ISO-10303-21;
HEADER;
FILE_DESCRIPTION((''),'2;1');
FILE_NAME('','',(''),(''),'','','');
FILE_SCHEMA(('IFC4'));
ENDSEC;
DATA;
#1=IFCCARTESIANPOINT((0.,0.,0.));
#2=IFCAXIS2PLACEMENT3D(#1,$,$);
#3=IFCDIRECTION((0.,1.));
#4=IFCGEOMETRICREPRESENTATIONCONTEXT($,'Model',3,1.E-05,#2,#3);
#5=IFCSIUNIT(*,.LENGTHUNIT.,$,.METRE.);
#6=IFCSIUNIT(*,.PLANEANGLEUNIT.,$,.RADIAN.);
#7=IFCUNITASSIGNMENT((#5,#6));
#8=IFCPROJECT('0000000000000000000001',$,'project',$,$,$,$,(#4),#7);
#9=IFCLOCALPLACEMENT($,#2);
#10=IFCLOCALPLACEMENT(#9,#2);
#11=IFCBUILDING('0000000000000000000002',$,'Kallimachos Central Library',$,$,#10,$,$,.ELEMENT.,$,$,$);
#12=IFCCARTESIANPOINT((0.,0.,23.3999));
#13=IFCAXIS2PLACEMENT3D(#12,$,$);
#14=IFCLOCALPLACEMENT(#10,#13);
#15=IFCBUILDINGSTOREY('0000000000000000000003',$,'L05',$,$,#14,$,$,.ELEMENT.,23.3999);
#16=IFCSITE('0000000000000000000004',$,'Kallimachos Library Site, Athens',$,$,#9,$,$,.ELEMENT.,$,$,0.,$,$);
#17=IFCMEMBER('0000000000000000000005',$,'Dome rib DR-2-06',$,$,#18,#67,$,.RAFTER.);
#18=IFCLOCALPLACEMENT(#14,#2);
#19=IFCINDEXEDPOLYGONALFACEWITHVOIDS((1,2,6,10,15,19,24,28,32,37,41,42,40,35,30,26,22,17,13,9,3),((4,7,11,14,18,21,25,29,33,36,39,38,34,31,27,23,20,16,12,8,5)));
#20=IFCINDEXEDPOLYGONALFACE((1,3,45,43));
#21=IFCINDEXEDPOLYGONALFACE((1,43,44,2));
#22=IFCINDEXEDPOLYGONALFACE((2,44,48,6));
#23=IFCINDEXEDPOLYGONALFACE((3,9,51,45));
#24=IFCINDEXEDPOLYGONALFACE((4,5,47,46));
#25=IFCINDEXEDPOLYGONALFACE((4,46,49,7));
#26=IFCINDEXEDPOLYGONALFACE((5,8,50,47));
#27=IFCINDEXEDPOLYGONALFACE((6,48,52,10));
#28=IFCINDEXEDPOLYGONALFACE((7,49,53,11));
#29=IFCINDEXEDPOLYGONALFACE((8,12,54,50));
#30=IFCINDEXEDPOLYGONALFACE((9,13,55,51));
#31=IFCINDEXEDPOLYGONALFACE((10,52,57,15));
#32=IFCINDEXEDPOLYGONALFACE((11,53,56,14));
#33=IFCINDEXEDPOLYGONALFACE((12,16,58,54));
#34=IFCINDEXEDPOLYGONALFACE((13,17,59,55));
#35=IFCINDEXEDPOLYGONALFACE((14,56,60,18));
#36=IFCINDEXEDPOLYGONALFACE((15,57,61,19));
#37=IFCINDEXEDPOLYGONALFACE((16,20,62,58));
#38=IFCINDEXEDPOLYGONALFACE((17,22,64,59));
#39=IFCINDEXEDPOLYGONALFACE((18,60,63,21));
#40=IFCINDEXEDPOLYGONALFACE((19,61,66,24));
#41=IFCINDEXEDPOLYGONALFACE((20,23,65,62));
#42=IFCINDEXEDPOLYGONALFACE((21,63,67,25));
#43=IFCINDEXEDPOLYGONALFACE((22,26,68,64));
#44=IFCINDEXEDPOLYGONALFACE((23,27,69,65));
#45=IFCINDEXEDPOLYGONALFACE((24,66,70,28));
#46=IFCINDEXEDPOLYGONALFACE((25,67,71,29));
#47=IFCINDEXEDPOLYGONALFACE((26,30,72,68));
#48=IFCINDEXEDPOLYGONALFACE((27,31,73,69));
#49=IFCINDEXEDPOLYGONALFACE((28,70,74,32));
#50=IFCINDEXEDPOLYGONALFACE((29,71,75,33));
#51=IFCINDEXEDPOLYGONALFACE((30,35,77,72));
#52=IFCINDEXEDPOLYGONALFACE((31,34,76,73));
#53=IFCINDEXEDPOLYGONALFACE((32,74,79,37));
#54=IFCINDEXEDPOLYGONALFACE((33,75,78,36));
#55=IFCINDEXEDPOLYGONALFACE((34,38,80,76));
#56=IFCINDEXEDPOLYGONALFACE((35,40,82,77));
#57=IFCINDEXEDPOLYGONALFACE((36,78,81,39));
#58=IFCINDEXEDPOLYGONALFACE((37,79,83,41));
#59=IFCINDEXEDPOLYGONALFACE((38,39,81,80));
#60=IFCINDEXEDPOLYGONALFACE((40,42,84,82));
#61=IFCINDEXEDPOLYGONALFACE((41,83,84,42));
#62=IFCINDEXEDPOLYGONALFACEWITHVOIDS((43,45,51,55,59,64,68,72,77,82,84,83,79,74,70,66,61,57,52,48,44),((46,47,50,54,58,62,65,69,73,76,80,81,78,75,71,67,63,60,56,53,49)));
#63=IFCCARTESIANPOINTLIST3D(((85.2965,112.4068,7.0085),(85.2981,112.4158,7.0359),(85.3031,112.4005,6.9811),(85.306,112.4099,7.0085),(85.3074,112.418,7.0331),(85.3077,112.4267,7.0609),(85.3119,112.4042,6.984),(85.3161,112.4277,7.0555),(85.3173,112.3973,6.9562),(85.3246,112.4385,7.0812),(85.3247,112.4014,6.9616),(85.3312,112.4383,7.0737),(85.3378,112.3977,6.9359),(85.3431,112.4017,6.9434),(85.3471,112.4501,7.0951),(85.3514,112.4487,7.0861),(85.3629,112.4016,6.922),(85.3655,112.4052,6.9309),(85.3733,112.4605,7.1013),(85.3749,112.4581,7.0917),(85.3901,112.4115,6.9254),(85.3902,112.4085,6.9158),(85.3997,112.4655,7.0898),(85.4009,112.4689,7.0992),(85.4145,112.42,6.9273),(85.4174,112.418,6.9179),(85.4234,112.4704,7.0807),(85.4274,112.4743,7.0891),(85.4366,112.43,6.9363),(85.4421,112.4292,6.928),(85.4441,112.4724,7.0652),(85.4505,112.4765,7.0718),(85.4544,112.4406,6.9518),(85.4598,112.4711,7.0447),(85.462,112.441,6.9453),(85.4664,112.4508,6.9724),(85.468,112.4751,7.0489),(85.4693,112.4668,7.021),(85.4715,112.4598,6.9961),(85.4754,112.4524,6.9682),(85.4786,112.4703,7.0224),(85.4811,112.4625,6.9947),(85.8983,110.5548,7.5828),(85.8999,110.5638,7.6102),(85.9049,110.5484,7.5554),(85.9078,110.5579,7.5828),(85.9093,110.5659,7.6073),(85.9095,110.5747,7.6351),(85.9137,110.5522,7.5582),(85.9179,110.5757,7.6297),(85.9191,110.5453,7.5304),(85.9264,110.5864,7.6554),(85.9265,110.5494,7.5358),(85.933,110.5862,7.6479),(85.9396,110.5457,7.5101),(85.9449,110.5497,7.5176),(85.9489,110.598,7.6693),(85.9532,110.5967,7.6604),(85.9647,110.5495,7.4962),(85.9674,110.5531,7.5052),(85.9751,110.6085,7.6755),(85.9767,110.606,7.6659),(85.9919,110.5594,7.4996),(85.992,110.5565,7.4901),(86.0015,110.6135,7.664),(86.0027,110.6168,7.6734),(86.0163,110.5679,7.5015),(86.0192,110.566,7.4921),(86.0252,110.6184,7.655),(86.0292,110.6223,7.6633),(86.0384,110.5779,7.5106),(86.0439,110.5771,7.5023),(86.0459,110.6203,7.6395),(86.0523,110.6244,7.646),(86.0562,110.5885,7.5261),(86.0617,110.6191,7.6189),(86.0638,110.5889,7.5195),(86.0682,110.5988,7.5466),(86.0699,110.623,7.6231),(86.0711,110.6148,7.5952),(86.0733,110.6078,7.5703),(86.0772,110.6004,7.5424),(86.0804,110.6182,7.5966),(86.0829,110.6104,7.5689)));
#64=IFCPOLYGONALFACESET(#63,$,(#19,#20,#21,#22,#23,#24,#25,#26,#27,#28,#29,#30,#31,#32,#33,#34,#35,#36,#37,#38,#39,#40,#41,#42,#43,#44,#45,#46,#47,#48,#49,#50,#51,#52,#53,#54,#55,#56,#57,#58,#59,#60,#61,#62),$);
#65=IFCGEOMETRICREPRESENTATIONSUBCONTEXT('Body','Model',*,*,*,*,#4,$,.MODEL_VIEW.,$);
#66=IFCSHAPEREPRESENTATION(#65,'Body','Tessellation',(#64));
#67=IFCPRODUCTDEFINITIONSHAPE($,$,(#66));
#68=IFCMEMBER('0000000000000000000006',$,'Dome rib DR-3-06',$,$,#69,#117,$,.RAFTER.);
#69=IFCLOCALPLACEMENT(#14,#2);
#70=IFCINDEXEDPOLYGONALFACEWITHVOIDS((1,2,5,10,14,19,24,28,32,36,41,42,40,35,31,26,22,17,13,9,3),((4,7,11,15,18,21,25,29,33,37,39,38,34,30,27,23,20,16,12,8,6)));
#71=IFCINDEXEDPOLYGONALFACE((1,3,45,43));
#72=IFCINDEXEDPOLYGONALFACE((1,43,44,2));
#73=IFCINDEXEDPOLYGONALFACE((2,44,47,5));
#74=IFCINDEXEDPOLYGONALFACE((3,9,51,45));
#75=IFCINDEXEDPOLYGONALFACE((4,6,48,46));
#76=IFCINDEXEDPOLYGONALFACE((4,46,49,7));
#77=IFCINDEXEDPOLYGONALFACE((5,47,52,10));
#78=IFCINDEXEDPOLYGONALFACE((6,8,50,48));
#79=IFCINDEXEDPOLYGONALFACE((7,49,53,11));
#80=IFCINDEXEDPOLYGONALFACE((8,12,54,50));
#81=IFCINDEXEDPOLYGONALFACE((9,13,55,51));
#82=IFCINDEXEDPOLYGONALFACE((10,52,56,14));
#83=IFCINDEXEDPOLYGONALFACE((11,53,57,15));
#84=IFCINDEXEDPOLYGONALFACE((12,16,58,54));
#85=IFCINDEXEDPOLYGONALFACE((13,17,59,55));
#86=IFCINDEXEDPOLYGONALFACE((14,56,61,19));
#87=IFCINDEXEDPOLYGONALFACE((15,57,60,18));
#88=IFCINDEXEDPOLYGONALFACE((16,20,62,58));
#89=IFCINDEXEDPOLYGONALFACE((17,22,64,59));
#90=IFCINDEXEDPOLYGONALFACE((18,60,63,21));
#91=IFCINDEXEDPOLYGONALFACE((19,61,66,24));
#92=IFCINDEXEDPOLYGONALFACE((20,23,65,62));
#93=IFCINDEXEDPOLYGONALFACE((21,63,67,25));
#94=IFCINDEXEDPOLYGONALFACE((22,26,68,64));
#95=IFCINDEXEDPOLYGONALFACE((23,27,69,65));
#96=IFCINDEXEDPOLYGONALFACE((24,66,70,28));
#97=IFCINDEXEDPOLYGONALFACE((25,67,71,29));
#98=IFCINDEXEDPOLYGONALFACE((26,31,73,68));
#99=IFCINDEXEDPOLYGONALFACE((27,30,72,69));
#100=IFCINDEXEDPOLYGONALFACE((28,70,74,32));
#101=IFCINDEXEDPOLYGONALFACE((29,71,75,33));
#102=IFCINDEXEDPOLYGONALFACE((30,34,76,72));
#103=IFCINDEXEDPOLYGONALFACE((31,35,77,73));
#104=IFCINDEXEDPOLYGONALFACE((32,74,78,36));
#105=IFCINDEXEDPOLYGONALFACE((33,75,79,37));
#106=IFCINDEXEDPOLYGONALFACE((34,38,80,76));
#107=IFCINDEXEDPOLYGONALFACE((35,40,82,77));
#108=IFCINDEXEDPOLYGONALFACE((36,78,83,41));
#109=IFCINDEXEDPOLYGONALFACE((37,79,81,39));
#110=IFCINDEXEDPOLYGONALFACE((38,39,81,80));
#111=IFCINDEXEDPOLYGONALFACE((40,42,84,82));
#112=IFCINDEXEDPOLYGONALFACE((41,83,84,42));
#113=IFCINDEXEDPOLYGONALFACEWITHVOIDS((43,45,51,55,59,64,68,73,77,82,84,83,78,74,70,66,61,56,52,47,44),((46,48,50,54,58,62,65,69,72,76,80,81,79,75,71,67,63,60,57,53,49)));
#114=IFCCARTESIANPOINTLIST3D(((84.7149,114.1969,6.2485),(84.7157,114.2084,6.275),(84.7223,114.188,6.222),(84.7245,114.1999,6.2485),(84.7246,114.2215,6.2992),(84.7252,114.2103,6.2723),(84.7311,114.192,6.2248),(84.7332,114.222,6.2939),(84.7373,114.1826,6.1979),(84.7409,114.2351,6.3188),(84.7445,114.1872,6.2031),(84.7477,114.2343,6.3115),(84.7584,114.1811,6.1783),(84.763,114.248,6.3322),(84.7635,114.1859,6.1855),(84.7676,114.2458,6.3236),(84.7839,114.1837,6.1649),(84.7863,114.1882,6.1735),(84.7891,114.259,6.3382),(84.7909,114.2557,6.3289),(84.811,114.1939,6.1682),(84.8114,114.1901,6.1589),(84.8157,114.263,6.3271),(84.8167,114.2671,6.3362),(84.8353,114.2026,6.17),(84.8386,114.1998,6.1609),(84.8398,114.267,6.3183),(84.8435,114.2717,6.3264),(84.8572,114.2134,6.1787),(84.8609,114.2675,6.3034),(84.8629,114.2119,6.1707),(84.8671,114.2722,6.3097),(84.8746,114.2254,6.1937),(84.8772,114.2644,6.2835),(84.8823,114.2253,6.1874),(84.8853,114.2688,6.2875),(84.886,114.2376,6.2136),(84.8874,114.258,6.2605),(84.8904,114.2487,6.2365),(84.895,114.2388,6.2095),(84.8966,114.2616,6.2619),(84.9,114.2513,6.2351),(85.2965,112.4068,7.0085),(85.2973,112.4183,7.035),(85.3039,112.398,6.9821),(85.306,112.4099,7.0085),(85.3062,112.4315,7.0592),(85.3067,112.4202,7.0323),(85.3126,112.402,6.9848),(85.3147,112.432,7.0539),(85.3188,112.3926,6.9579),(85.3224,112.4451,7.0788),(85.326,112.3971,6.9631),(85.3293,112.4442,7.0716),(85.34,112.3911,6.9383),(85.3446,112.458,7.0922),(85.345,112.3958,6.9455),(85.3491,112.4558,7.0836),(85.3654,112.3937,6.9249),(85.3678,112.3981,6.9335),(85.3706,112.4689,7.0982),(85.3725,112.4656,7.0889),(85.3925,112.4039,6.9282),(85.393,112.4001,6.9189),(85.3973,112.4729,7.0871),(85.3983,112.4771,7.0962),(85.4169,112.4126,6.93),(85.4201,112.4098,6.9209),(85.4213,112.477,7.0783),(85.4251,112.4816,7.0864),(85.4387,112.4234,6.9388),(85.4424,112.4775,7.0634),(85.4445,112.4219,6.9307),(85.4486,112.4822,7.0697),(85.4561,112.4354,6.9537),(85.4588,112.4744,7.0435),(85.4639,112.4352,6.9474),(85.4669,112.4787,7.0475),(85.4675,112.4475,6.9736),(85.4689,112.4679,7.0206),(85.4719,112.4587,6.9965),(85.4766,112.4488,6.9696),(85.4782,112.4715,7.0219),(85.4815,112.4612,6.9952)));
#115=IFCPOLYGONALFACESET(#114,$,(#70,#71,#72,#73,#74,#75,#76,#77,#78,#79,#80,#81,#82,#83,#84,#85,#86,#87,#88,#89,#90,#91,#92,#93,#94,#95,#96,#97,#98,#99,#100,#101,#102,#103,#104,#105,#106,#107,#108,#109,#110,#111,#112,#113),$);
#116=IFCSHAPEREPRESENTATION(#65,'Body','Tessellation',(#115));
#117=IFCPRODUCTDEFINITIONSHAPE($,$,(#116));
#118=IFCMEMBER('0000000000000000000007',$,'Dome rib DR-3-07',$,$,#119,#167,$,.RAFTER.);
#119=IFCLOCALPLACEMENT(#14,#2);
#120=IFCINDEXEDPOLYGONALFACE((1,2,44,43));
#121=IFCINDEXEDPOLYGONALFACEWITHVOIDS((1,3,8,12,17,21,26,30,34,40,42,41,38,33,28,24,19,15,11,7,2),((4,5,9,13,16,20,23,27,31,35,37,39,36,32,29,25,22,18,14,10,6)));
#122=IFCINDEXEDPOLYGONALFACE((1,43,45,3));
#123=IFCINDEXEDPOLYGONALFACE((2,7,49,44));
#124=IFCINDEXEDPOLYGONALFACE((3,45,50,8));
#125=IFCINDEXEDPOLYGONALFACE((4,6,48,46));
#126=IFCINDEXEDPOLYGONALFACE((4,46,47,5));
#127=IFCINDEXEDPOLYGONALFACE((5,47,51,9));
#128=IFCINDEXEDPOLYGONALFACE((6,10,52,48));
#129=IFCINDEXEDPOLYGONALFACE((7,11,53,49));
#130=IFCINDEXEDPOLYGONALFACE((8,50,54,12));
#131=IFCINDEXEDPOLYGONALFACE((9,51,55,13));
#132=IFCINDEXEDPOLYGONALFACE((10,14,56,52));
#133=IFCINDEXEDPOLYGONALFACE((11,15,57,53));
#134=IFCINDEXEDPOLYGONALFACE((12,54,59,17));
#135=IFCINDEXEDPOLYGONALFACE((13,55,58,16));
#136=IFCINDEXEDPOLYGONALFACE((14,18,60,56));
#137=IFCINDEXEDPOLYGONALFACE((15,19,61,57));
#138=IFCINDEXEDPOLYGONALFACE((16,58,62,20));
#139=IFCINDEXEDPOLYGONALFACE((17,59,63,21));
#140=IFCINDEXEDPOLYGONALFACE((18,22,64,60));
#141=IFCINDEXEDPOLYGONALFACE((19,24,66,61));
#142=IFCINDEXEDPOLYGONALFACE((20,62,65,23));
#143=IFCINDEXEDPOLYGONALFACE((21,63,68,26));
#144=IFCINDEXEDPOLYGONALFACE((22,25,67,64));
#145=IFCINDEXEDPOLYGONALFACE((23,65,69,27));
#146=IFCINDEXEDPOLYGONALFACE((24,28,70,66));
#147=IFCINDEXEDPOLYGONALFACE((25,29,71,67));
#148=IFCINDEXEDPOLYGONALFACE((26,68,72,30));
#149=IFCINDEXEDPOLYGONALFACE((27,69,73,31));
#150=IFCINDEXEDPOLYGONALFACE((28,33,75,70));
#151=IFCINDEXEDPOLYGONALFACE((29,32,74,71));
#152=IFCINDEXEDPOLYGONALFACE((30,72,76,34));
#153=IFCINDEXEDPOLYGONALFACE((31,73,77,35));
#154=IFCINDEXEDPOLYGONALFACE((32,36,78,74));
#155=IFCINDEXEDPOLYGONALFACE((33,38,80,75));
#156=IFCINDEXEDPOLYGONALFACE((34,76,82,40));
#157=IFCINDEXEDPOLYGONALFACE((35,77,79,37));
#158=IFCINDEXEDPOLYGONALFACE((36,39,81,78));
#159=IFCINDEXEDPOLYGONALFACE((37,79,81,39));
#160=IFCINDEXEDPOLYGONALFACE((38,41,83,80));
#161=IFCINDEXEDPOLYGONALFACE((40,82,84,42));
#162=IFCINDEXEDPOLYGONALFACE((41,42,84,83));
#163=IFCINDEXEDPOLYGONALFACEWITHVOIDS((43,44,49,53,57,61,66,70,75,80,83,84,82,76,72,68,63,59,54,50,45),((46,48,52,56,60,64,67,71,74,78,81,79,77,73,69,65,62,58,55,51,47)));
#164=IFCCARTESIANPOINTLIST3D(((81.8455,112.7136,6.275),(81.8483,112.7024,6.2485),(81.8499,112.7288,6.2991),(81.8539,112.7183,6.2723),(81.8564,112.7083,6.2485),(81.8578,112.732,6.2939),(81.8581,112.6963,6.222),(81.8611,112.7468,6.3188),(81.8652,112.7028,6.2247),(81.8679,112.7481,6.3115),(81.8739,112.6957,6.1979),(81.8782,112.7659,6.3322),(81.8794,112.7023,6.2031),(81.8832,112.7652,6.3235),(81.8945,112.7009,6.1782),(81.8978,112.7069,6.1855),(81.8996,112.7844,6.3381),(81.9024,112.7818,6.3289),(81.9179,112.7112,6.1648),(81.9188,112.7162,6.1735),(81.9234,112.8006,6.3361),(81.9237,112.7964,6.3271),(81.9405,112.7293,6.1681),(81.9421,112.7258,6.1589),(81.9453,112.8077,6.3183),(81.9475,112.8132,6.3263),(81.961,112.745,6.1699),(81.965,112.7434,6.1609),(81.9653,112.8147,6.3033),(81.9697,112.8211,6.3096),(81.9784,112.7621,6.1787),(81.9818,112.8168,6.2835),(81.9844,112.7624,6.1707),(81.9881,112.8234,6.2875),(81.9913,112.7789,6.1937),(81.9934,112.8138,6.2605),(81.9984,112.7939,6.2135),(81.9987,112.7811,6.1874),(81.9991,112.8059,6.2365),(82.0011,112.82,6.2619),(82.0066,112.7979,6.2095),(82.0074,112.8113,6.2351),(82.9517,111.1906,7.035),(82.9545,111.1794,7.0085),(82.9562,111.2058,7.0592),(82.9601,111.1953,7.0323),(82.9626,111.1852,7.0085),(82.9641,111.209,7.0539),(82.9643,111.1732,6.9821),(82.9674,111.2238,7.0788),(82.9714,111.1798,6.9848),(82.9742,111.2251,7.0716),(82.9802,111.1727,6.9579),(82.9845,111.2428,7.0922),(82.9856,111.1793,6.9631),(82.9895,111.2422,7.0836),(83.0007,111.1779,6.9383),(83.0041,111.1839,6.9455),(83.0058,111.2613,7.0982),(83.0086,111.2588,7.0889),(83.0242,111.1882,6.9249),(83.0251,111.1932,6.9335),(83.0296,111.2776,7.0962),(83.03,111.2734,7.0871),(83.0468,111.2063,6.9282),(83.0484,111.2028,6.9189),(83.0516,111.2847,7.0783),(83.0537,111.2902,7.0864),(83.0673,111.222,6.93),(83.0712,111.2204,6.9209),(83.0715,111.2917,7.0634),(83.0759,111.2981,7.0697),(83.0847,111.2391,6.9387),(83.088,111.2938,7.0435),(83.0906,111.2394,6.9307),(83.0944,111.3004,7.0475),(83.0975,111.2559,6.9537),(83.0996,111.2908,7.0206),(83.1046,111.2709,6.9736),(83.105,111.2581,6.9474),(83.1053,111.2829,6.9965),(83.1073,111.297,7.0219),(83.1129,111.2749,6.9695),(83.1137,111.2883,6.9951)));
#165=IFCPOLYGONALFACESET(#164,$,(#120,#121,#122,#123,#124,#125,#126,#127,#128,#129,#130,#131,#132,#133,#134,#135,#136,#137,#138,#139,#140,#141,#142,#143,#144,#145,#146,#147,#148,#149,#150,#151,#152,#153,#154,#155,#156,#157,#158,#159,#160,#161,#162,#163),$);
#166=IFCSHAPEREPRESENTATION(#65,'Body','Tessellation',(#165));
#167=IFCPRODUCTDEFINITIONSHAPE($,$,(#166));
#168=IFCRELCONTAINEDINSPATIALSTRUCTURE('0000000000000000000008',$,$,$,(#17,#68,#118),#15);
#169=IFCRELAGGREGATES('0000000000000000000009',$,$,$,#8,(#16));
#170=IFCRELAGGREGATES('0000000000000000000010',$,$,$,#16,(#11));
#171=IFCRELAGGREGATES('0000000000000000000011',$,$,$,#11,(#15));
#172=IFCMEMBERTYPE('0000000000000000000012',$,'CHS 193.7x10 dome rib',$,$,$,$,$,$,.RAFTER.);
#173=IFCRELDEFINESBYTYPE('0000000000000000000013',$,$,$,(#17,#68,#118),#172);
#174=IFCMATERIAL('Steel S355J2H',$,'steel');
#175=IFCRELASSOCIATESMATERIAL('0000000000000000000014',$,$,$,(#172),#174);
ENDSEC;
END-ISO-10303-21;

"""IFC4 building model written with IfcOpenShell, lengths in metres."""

from ifc_helpers import new_model, si_unit, direction, frame, origin, origin_2d, place, context, subcontext, project, spatial, hollow_circle, extrude, material, material_profile, profile_set, type_object, element, save


model = new_model("IFC4")

# Units and contexts
model_context = context("Model", 3, precision=1e-05, world=origin(), true_north=direction((0.0, 1.0)))
body_context = subcontext(model_context, "Body", "Model", "MODEL_VIEW")
ifc_project = project(units=[si_unit("LENGTHUNIT", "METRE"), si_unit("PLANEANGLEUNIT", "RADIAN")], contexts=[model_context])

# Site, building, storey
site_placement = place(None, origin())
site = spatial("IfcSite", under=ifc_project, at=site_placement, Name="Kallimachos Library Site, Athens", CompositionType="ELEMENT", RefElevation=0.0)
building_placement = place(site_placement, origin())
building = spatial("IfcBuilding", under=site, at=building_placement, Name="Kallimachos Central Library", CompositionType="ELEMENT")
storey_placement = place(building_placement, frame((0.0, 0.0, 23.3999)))
storey = spatial("IfcBuildingStorey", under=building, at=storey_placement, Name="L05", CompositionType="ELEMENT", Elevation=23.3999)

# Members
ifc_material_1 = material(Name="Steel S355J2H", Category="steel")
ifc_material_profile_1 = material_profile(ifc_material_1, hollow_circle(Radius=0.0969, WallThickness=0.01, at=origin_2d()), Name="CHS 193.7x10")
ifc_profile_set_1 = profile_set([ifc_material_profile_1], Name="Steel S355J2H")
member_type_1 = type_object("IfcMemberType", Name="CHS 193.7x10 dome rib", PredefinedType="RAFTER", material=ifc_profile_set_1)
member_1_placement = place(storey_placement, frame((85.9905, 110.5847, 7.5828), z_axis=(-0.296417, 0.91222, -0.282829), x_axis=(-0.951051, -0.309035, 0.0)))
element("IfcMember", 1, at=member_1_placement, inside=storey, type_object=member_type_1, Name="Dome rib DR-2-06", PredefinedType="RAFTER", context=body_context, shape_type="SweptSolid", body=[
    extrude(hollow_circle(Radius=0.0969, WallThickness=0.01, at=origin_2d()), origin(), (0.0, 0.0, 1.0), 2.0303),
])
member_2_placement = place(storey_placement, frame((85.3887, 112.4368, 7.0085), z_axis=(-0.286504, 0.881884, -0.374428), x_axis=(-0.951068, -0.30898, 0.0)))
element("IfcMember", 2, at=member_2_placement, inside=storey, type_object=member_type_1, Name="Dome rib DR-3-06", PredefinedType="RAFTER", context=body_context, shape_type="SweptSolid", body=[
    extrude(hollow_circle(Radius=0.0969, WallThickness=0.01, at=origin_2d()), origin(), (0.0, 0.0, 1.0), 2.0298),
])
member_3_placement = place(storey_placement, frame((83.033, 111.2363, 7.0085), z_axis=(-0.544942, 0.750242, -0.374399), x_axis=(-0.809089, -0.587686, 0.0)))
element("IfcMember", 3, at=member_3_placement, inside=storey, type_object=member_type_1, Name="Dome rib DR-3-07", PredefinedType="RAFTER", context=body_context, shape_type="SweptSolid", body=[
    extrude(hollow_circle(Radius=0.0969, WallThickness=0.01, at=origin_2d()), origin(), (0.0, 0.0, 1.0), 2.03),
])

save(model, "model.ifc")
